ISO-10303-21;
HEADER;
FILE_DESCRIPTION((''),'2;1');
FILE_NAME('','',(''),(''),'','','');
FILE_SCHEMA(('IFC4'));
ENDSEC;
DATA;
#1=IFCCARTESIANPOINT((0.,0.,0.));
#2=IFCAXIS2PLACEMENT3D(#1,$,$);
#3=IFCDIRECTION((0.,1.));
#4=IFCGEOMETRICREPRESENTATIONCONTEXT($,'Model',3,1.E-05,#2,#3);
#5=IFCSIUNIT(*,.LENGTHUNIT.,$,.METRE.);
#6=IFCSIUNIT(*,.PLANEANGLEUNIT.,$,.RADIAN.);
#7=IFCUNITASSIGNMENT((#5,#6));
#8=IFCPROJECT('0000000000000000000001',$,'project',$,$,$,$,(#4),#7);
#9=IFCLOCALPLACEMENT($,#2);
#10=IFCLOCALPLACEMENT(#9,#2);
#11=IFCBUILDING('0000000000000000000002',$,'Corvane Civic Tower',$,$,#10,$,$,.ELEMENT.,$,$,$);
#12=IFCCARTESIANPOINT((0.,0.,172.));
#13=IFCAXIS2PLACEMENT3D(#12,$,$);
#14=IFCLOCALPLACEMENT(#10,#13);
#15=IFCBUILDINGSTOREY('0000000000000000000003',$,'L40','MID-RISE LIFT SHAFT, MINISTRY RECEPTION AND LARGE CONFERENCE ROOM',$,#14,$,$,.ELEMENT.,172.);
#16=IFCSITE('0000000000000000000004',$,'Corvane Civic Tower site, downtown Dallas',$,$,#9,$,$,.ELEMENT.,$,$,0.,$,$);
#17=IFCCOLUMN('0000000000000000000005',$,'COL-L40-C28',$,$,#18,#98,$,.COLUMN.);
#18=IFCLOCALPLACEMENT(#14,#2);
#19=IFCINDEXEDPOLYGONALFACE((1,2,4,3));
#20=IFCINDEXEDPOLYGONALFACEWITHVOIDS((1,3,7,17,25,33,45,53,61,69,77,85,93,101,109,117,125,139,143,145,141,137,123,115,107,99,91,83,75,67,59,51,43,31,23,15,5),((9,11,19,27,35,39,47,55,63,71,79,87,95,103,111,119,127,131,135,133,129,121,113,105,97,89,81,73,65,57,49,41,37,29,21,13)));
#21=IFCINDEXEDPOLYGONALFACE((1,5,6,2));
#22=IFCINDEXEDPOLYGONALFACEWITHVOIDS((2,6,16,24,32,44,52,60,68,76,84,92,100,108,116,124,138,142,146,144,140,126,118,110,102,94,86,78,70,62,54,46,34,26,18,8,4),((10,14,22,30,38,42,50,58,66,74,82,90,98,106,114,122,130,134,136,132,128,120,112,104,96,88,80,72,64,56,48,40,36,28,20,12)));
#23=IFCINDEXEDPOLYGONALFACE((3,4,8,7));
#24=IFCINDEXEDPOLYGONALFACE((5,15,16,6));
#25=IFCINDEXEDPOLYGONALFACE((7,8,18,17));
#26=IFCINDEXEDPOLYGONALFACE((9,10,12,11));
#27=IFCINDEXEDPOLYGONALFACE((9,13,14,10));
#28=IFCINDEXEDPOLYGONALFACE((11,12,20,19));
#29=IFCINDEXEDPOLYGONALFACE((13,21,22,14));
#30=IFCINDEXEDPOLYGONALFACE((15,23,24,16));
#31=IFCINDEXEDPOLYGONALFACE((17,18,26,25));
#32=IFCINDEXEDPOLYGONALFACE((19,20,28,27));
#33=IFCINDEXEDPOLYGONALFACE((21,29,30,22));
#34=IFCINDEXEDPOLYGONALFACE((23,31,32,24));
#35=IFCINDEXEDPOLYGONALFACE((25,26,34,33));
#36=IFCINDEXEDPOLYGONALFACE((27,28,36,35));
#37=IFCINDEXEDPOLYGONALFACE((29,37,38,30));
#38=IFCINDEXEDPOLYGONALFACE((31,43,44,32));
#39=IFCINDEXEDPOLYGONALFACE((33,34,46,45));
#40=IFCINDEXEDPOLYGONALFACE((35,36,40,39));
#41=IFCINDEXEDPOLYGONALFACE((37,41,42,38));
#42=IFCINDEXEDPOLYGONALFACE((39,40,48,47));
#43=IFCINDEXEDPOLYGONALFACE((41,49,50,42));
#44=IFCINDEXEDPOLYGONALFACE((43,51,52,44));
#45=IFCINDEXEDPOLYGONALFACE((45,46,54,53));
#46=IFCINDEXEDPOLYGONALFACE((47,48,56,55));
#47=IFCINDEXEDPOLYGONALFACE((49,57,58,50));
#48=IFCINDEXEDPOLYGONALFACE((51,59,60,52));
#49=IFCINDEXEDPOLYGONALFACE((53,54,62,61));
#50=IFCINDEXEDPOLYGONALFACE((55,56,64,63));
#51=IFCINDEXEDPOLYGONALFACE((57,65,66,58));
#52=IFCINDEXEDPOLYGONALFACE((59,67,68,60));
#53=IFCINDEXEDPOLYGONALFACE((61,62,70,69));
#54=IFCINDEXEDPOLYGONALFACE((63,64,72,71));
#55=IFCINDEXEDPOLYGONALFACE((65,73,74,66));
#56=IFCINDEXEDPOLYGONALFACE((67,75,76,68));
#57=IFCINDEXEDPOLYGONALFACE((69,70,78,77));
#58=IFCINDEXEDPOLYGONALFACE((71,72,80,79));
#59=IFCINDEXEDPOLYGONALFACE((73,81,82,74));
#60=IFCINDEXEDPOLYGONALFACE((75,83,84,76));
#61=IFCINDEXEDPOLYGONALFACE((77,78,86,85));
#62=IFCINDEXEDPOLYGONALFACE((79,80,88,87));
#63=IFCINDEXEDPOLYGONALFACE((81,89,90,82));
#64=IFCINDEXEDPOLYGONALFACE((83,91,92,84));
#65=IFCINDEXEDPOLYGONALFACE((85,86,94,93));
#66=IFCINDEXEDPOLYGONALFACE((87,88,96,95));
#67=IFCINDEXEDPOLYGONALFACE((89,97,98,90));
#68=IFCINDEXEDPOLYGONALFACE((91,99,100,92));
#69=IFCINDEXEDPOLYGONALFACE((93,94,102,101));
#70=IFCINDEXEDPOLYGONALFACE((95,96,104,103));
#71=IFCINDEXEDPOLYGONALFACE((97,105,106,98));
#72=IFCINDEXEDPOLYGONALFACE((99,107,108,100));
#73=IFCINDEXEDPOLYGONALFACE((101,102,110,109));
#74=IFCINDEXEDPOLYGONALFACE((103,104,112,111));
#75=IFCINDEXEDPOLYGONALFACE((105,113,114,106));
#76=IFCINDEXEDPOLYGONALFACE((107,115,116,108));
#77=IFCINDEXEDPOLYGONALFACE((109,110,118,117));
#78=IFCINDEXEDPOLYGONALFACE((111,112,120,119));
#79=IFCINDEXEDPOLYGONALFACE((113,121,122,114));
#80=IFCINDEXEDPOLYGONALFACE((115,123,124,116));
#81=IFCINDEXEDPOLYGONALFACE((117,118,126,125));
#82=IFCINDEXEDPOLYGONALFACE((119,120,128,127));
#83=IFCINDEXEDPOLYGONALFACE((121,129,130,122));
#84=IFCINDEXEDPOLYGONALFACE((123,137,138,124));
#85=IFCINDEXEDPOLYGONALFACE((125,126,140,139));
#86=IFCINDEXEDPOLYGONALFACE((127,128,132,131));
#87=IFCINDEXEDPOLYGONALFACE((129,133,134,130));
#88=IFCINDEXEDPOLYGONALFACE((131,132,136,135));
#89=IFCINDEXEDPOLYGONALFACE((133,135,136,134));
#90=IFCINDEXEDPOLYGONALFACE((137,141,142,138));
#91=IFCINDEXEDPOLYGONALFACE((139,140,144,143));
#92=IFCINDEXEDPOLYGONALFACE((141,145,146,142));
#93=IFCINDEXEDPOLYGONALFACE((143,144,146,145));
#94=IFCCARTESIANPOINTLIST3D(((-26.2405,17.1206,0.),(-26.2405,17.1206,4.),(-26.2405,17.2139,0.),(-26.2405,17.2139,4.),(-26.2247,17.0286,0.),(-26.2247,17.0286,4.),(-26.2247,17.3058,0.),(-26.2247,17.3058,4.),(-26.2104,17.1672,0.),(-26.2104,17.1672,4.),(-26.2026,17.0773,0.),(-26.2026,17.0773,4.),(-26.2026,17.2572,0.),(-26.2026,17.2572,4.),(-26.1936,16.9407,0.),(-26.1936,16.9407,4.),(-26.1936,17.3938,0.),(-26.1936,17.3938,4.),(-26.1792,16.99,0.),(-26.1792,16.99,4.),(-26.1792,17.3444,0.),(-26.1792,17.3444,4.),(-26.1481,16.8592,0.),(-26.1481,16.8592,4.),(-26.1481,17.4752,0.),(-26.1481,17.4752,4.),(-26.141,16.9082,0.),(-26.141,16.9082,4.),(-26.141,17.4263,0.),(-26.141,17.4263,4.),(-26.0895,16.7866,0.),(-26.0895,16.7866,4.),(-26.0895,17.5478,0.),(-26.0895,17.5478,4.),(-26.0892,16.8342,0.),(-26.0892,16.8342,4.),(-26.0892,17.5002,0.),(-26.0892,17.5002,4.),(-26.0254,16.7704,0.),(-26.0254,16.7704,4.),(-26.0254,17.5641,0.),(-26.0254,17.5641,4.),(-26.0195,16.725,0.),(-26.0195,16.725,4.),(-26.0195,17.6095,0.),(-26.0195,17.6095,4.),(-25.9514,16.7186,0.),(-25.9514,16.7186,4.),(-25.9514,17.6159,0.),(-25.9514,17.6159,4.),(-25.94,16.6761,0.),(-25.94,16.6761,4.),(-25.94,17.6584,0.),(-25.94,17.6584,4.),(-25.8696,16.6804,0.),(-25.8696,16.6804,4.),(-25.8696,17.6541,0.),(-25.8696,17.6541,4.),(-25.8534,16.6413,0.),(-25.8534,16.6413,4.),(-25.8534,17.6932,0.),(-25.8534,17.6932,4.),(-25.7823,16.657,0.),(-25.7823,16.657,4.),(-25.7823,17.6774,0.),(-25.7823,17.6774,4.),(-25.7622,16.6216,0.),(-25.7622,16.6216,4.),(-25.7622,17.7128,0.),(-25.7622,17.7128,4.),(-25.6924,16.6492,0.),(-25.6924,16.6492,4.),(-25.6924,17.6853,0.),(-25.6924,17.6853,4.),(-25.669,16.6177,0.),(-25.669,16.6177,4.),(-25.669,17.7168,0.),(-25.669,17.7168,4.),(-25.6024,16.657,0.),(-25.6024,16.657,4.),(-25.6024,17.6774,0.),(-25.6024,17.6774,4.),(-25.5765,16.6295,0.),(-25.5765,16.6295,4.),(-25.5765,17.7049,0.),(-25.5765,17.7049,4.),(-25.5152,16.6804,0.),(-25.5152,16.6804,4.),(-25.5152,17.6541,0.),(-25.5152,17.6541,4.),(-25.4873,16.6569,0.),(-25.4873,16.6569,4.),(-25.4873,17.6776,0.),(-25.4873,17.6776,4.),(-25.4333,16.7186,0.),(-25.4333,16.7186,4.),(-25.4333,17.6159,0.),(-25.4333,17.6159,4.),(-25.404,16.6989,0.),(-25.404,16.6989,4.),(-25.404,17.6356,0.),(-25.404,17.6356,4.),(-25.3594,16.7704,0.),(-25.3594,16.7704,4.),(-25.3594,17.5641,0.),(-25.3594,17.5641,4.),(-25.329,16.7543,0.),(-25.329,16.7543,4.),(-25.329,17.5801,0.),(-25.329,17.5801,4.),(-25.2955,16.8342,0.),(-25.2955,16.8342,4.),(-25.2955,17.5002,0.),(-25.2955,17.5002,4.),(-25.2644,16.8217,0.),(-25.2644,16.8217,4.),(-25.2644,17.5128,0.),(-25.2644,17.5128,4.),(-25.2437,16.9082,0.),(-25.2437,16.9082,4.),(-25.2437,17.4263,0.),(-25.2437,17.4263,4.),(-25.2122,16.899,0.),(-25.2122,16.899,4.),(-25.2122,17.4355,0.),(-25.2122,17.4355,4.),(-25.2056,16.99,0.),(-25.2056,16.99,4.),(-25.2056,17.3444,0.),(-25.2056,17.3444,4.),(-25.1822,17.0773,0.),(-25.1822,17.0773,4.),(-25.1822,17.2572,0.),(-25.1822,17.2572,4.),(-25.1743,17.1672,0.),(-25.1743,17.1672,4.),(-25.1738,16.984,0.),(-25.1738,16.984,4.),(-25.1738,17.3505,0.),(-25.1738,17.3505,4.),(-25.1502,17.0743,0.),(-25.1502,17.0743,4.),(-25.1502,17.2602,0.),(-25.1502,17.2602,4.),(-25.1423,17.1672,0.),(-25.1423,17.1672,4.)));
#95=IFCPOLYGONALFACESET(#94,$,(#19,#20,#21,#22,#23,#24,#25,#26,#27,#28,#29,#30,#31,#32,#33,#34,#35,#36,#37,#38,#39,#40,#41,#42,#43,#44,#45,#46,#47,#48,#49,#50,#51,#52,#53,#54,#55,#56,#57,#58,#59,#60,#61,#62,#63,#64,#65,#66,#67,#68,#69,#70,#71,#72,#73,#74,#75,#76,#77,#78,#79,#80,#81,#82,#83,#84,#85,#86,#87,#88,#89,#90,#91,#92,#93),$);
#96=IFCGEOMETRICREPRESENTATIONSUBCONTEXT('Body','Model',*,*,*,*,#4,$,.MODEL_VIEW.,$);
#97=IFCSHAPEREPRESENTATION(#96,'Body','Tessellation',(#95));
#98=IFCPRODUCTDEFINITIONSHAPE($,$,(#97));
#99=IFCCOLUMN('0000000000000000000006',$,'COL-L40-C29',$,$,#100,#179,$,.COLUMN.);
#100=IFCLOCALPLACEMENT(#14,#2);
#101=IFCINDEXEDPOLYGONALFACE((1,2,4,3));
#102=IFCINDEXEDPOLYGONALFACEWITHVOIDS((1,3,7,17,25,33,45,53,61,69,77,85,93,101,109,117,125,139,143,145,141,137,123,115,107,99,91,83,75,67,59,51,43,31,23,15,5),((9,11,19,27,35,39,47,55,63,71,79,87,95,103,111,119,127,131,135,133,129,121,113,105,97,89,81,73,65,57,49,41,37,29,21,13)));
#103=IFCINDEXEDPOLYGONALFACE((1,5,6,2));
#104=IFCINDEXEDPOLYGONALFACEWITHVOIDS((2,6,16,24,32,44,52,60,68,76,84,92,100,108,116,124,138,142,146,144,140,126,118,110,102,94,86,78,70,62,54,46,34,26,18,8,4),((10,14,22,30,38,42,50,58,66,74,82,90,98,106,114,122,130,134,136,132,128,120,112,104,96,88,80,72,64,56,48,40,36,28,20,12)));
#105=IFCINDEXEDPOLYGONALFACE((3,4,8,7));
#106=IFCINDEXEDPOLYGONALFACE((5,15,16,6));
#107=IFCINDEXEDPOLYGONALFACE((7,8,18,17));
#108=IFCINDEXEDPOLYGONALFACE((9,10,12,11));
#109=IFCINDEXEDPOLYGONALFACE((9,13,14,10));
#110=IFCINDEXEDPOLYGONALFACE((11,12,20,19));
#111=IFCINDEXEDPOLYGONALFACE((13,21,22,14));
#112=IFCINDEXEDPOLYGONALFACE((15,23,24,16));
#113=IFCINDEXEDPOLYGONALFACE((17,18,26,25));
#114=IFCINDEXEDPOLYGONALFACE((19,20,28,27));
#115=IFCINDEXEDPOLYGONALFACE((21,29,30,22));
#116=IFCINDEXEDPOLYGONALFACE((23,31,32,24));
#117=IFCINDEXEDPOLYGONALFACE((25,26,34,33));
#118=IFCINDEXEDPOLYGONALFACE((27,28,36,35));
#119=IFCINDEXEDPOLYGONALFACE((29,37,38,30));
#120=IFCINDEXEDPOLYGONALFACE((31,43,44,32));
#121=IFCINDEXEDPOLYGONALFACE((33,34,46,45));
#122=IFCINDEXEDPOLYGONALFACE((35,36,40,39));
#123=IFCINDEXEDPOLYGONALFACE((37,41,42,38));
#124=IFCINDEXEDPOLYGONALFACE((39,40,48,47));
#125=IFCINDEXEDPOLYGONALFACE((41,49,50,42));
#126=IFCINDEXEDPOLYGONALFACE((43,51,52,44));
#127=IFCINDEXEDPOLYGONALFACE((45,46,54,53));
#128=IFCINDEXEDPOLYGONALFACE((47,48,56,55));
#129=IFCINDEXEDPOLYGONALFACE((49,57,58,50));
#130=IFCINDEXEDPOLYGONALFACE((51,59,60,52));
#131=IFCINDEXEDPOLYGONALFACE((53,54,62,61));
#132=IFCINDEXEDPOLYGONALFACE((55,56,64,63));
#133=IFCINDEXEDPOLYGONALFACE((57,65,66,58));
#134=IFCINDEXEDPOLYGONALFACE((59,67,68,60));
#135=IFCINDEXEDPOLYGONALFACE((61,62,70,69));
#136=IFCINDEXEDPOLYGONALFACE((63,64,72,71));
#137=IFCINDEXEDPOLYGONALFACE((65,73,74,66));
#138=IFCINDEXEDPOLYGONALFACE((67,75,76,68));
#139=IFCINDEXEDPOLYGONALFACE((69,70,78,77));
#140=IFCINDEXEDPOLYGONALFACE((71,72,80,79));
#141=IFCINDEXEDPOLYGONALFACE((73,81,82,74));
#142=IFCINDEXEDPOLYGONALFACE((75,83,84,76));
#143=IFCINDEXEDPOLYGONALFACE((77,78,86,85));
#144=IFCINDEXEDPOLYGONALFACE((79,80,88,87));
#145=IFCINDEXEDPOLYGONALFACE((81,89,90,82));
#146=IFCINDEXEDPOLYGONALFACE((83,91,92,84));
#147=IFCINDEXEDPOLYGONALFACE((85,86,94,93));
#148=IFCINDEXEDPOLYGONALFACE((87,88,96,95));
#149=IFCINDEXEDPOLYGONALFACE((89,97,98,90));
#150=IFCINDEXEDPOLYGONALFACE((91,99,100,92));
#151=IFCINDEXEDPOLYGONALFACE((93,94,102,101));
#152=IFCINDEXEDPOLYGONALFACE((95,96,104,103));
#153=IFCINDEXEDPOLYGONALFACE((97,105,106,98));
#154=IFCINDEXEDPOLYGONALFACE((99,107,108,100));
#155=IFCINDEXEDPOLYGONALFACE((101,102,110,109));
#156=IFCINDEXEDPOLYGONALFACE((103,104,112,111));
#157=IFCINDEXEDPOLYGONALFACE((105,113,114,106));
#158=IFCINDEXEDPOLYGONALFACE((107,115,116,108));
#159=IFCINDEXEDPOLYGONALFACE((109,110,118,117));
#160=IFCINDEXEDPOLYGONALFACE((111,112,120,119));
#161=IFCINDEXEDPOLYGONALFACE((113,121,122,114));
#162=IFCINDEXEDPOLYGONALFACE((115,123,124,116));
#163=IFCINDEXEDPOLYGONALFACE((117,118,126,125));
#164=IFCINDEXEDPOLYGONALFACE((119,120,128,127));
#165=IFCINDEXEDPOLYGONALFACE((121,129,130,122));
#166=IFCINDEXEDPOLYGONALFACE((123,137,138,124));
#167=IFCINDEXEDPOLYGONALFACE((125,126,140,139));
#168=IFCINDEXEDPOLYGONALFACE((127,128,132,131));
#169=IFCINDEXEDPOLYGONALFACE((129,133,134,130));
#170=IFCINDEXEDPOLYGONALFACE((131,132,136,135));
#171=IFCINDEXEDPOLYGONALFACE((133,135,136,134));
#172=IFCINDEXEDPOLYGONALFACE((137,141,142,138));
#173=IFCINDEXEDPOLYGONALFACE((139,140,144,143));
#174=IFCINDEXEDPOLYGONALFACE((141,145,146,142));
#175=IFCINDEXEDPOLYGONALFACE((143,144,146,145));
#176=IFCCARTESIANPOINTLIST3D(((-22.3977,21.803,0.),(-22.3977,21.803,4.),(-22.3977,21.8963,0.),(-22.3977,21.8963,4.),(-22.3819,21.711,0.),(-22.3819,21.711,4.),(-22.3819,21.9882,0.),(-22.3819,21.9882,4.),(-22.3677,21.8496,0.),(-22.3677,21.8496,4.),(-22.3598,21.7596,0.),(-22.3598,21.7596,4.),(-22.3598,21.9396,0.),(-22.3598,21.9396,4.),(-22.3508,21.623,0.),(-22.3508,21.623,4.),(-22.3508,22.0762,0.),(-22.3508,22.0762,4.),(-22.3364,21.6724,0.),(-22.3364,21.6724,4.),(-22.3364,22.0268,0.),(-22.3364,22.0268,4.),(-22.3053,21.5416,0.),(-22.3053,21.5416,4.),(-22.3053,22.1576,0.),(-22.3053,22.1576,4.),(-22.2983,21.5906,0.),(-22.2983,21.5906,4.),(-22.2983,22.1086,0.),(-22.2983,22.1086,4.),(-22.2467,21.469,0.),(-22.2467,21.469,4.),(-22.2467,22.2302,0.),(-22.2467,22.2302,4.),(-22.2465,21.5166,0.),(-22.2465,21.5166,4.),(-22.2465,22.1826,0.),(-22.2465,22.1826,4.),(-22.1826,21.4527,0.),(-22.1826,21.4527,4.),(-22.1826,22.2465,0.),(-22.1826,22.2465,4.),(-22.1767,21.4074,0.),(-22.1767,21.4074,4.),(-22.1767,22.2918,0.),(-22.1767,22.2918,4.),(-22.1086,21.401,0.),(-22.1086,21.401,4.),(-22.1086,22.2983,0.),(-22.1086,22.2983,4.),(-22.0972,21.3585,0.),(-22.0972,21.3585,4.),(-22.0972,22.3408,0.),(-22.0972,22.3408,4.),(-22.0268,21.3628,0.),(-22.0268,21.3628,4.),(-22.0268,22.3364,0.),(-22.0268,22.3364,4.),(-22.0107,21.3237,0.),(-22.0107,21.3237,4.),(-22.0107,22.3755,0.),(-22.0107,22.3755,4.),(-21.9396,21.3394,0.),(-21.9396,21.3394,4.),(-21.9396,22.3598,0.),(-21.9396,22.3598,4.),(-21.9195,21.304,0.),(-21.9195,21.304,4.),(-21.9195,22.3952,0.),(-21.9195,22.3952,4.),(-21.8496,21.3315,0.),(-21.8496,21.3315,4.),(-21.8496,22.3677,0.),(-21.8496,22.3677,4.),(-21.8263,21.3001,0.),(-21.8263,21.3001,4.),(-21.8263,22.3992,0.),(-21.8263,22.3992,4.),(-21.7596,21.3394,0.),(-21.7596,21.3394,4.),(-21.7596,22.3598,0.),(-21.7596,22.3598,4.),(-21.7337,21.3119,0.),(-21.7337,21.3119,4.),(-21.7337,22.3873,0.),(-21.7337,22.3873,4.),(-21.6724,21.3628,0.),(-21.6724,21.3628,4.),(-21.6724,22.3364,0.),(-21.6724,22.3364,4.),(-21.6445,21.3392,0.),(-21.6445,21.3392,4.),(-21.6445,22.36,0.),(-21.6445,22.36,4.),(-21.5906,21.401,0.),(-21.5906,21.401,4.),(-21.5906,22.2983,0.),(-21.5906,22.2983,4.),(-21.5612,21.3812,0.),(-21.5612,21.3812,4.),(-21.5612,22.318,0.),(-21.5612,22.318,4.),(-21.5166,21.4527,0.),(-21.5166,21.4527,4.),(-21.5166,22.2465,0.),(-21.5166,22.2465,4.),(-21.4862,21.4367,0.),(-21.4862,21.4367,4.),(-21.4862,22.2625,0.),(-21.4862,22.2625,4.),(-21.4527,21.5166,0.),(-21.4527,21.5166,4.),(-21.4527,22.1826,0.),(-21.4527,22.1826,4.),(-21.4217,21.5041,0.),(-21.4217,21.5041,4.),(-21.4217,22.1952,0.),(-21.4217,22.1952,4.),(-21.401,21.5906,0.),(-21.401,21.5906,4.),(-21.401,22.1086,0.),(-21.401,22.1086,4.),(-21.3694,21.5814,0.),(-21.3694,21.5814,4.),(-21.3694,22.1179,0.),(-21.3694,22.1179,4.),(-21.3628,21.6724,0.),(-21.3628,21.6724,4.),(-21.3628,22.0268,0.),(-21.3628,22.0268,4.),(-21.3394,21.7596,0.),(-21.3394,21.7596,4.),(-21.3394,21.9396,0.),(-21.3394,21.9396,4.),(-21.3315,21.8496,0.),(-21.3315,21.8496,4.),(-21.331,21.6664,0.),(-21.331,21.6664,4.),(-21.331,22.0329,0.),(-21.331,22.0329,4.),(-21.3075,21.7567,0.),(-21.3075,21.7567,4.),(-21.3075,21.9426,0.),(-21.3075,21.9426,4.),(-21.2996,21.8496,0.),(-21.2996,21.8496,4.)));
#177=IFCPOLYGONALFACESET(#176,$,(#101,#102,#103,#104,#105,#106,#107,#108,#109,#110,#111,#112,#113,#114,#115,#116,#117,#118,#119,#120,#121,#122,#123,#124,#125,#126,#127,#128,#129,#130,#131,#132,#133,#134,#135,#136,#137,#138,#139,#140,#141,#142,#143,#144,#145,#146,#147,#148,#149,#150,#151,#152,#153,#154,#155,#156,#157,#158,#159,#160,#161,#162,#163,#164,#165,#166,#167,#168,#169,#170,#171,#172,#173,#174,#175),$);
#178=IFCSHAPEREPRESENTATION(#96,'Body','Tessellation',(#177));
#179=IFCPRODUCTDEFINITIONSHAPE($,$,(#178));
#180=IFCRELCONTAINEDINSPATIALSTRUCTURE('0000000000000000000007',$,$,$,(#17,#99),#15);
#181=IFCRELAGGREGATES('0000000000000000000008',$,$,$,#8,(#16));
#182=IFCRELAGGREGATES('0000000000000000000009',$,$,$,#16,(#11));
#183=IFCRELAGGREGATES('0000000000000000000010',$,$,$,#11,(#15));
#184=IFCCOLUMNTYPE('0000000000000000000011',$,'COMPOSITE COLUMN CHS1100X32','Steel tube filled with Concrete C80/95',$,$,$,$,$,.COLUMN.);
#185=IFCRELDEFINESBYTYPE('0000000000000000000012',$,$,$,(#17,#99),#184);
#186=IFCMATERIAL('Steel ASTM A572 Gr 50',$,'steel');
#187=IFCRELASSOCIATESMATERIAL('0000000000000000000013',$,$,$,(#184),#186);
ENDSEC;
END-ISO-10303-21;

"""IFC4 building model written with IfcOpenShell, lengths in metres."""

from ifc_helpers import new_model, si_unit, direction, frame, origin, origin_2d, place, context, subcontext, project, spatial, hollow_circle, extrude, material, material_profile, profile_set, type_object, element, save


model = new_model("IFC4")

# Units and contexts
model_context = context("Model", 3, precision=1e-05, world=origin(), true_north=direction((0.0, 1.0)))
body_context = subcontext(model_context, "Body", "Model", "MODEL_VIEW")
ifc_project = project(units=[si_unit("LENGTHUNIT", "METRE"), si_unit("PLANEANGLEUNIT", "RADIAN")], contexts=[model_context])

# Site, building, storey
site_placement = place(None, origin())
site = spatial("IfcSite", under=ifc_project, at=site_placement, Name="Corvane Civic Tower site, downtown Dallas", CompositionType="ELEMENT", RefElevation=0.0)
building_placement = place(site_placement, origin())
building = spatial("IfcBuilding", under=site, at=building_placement, Name="Corvane Civic Tower", CompositionType="ELEMENT")
storey_placement = place(building_placement, frame((0.0, 0.0, 172.0)))
storey = spatial("IfcBuildingStorey", under=building, at=storey_placement, Name="L40", Description="MID-RISE LIFT SHAFT, MINISTRY RECEPTION AND LARGE CONFERENCE ROOM", CompositionType="ELEMENT", Elevation=172.0)

# Columns
ifc_material_1 = material(Name="Steel ASTM A572 Gr 50", Category="steel")
ifc_material_profile_1 = material_profile(ifc_material_1, hollow_circle(Radius=0.55, WallThickness=0.032, at=origin_2d()), Name="CHS1100X32")
ifc_profile_set_1 = profile_set([ifc_material_profile_1], Name="Steel ASTM A572 Gr 50")
column_type = type_object("IfcColumnType", Name="COMPOSITE COLUMN CHS1100X32", Description="Steel tube filled with Concrete C80/95", PredefinedType="COLUMN", material=ifc_profile_set_1)
for number, where, z_axis, x_axis, name in (
    (1, (-25.6924, 17.1672, 0.0), (0.0, 0.0, 1.0), (1.0, 0.0, 0.0), "COL-L40-C28"),
    (2, (-21.8496, 21.8496, 0.0), (0.0, 0.0, 1.0), (1.0, 0.0, 0.0), "COL-L40-C29"),
):
    element("IfcColumn", number, at=place(storey_placement, frame(where, z_axis=z_axis, x_axis=x_axis)), inside=storey, type_object=column_type, Name=name, PredefinedType="COLUMN", context=body_context, shape_type="SweptSolid", body=[
        extrude(hollow_circle(Radius=0.55, WallThickness=0.032, at=origin_2d()), origin(), (0.0, 0.0, 1.0), 4.0),
    ])

save(model, "model.ifc")
